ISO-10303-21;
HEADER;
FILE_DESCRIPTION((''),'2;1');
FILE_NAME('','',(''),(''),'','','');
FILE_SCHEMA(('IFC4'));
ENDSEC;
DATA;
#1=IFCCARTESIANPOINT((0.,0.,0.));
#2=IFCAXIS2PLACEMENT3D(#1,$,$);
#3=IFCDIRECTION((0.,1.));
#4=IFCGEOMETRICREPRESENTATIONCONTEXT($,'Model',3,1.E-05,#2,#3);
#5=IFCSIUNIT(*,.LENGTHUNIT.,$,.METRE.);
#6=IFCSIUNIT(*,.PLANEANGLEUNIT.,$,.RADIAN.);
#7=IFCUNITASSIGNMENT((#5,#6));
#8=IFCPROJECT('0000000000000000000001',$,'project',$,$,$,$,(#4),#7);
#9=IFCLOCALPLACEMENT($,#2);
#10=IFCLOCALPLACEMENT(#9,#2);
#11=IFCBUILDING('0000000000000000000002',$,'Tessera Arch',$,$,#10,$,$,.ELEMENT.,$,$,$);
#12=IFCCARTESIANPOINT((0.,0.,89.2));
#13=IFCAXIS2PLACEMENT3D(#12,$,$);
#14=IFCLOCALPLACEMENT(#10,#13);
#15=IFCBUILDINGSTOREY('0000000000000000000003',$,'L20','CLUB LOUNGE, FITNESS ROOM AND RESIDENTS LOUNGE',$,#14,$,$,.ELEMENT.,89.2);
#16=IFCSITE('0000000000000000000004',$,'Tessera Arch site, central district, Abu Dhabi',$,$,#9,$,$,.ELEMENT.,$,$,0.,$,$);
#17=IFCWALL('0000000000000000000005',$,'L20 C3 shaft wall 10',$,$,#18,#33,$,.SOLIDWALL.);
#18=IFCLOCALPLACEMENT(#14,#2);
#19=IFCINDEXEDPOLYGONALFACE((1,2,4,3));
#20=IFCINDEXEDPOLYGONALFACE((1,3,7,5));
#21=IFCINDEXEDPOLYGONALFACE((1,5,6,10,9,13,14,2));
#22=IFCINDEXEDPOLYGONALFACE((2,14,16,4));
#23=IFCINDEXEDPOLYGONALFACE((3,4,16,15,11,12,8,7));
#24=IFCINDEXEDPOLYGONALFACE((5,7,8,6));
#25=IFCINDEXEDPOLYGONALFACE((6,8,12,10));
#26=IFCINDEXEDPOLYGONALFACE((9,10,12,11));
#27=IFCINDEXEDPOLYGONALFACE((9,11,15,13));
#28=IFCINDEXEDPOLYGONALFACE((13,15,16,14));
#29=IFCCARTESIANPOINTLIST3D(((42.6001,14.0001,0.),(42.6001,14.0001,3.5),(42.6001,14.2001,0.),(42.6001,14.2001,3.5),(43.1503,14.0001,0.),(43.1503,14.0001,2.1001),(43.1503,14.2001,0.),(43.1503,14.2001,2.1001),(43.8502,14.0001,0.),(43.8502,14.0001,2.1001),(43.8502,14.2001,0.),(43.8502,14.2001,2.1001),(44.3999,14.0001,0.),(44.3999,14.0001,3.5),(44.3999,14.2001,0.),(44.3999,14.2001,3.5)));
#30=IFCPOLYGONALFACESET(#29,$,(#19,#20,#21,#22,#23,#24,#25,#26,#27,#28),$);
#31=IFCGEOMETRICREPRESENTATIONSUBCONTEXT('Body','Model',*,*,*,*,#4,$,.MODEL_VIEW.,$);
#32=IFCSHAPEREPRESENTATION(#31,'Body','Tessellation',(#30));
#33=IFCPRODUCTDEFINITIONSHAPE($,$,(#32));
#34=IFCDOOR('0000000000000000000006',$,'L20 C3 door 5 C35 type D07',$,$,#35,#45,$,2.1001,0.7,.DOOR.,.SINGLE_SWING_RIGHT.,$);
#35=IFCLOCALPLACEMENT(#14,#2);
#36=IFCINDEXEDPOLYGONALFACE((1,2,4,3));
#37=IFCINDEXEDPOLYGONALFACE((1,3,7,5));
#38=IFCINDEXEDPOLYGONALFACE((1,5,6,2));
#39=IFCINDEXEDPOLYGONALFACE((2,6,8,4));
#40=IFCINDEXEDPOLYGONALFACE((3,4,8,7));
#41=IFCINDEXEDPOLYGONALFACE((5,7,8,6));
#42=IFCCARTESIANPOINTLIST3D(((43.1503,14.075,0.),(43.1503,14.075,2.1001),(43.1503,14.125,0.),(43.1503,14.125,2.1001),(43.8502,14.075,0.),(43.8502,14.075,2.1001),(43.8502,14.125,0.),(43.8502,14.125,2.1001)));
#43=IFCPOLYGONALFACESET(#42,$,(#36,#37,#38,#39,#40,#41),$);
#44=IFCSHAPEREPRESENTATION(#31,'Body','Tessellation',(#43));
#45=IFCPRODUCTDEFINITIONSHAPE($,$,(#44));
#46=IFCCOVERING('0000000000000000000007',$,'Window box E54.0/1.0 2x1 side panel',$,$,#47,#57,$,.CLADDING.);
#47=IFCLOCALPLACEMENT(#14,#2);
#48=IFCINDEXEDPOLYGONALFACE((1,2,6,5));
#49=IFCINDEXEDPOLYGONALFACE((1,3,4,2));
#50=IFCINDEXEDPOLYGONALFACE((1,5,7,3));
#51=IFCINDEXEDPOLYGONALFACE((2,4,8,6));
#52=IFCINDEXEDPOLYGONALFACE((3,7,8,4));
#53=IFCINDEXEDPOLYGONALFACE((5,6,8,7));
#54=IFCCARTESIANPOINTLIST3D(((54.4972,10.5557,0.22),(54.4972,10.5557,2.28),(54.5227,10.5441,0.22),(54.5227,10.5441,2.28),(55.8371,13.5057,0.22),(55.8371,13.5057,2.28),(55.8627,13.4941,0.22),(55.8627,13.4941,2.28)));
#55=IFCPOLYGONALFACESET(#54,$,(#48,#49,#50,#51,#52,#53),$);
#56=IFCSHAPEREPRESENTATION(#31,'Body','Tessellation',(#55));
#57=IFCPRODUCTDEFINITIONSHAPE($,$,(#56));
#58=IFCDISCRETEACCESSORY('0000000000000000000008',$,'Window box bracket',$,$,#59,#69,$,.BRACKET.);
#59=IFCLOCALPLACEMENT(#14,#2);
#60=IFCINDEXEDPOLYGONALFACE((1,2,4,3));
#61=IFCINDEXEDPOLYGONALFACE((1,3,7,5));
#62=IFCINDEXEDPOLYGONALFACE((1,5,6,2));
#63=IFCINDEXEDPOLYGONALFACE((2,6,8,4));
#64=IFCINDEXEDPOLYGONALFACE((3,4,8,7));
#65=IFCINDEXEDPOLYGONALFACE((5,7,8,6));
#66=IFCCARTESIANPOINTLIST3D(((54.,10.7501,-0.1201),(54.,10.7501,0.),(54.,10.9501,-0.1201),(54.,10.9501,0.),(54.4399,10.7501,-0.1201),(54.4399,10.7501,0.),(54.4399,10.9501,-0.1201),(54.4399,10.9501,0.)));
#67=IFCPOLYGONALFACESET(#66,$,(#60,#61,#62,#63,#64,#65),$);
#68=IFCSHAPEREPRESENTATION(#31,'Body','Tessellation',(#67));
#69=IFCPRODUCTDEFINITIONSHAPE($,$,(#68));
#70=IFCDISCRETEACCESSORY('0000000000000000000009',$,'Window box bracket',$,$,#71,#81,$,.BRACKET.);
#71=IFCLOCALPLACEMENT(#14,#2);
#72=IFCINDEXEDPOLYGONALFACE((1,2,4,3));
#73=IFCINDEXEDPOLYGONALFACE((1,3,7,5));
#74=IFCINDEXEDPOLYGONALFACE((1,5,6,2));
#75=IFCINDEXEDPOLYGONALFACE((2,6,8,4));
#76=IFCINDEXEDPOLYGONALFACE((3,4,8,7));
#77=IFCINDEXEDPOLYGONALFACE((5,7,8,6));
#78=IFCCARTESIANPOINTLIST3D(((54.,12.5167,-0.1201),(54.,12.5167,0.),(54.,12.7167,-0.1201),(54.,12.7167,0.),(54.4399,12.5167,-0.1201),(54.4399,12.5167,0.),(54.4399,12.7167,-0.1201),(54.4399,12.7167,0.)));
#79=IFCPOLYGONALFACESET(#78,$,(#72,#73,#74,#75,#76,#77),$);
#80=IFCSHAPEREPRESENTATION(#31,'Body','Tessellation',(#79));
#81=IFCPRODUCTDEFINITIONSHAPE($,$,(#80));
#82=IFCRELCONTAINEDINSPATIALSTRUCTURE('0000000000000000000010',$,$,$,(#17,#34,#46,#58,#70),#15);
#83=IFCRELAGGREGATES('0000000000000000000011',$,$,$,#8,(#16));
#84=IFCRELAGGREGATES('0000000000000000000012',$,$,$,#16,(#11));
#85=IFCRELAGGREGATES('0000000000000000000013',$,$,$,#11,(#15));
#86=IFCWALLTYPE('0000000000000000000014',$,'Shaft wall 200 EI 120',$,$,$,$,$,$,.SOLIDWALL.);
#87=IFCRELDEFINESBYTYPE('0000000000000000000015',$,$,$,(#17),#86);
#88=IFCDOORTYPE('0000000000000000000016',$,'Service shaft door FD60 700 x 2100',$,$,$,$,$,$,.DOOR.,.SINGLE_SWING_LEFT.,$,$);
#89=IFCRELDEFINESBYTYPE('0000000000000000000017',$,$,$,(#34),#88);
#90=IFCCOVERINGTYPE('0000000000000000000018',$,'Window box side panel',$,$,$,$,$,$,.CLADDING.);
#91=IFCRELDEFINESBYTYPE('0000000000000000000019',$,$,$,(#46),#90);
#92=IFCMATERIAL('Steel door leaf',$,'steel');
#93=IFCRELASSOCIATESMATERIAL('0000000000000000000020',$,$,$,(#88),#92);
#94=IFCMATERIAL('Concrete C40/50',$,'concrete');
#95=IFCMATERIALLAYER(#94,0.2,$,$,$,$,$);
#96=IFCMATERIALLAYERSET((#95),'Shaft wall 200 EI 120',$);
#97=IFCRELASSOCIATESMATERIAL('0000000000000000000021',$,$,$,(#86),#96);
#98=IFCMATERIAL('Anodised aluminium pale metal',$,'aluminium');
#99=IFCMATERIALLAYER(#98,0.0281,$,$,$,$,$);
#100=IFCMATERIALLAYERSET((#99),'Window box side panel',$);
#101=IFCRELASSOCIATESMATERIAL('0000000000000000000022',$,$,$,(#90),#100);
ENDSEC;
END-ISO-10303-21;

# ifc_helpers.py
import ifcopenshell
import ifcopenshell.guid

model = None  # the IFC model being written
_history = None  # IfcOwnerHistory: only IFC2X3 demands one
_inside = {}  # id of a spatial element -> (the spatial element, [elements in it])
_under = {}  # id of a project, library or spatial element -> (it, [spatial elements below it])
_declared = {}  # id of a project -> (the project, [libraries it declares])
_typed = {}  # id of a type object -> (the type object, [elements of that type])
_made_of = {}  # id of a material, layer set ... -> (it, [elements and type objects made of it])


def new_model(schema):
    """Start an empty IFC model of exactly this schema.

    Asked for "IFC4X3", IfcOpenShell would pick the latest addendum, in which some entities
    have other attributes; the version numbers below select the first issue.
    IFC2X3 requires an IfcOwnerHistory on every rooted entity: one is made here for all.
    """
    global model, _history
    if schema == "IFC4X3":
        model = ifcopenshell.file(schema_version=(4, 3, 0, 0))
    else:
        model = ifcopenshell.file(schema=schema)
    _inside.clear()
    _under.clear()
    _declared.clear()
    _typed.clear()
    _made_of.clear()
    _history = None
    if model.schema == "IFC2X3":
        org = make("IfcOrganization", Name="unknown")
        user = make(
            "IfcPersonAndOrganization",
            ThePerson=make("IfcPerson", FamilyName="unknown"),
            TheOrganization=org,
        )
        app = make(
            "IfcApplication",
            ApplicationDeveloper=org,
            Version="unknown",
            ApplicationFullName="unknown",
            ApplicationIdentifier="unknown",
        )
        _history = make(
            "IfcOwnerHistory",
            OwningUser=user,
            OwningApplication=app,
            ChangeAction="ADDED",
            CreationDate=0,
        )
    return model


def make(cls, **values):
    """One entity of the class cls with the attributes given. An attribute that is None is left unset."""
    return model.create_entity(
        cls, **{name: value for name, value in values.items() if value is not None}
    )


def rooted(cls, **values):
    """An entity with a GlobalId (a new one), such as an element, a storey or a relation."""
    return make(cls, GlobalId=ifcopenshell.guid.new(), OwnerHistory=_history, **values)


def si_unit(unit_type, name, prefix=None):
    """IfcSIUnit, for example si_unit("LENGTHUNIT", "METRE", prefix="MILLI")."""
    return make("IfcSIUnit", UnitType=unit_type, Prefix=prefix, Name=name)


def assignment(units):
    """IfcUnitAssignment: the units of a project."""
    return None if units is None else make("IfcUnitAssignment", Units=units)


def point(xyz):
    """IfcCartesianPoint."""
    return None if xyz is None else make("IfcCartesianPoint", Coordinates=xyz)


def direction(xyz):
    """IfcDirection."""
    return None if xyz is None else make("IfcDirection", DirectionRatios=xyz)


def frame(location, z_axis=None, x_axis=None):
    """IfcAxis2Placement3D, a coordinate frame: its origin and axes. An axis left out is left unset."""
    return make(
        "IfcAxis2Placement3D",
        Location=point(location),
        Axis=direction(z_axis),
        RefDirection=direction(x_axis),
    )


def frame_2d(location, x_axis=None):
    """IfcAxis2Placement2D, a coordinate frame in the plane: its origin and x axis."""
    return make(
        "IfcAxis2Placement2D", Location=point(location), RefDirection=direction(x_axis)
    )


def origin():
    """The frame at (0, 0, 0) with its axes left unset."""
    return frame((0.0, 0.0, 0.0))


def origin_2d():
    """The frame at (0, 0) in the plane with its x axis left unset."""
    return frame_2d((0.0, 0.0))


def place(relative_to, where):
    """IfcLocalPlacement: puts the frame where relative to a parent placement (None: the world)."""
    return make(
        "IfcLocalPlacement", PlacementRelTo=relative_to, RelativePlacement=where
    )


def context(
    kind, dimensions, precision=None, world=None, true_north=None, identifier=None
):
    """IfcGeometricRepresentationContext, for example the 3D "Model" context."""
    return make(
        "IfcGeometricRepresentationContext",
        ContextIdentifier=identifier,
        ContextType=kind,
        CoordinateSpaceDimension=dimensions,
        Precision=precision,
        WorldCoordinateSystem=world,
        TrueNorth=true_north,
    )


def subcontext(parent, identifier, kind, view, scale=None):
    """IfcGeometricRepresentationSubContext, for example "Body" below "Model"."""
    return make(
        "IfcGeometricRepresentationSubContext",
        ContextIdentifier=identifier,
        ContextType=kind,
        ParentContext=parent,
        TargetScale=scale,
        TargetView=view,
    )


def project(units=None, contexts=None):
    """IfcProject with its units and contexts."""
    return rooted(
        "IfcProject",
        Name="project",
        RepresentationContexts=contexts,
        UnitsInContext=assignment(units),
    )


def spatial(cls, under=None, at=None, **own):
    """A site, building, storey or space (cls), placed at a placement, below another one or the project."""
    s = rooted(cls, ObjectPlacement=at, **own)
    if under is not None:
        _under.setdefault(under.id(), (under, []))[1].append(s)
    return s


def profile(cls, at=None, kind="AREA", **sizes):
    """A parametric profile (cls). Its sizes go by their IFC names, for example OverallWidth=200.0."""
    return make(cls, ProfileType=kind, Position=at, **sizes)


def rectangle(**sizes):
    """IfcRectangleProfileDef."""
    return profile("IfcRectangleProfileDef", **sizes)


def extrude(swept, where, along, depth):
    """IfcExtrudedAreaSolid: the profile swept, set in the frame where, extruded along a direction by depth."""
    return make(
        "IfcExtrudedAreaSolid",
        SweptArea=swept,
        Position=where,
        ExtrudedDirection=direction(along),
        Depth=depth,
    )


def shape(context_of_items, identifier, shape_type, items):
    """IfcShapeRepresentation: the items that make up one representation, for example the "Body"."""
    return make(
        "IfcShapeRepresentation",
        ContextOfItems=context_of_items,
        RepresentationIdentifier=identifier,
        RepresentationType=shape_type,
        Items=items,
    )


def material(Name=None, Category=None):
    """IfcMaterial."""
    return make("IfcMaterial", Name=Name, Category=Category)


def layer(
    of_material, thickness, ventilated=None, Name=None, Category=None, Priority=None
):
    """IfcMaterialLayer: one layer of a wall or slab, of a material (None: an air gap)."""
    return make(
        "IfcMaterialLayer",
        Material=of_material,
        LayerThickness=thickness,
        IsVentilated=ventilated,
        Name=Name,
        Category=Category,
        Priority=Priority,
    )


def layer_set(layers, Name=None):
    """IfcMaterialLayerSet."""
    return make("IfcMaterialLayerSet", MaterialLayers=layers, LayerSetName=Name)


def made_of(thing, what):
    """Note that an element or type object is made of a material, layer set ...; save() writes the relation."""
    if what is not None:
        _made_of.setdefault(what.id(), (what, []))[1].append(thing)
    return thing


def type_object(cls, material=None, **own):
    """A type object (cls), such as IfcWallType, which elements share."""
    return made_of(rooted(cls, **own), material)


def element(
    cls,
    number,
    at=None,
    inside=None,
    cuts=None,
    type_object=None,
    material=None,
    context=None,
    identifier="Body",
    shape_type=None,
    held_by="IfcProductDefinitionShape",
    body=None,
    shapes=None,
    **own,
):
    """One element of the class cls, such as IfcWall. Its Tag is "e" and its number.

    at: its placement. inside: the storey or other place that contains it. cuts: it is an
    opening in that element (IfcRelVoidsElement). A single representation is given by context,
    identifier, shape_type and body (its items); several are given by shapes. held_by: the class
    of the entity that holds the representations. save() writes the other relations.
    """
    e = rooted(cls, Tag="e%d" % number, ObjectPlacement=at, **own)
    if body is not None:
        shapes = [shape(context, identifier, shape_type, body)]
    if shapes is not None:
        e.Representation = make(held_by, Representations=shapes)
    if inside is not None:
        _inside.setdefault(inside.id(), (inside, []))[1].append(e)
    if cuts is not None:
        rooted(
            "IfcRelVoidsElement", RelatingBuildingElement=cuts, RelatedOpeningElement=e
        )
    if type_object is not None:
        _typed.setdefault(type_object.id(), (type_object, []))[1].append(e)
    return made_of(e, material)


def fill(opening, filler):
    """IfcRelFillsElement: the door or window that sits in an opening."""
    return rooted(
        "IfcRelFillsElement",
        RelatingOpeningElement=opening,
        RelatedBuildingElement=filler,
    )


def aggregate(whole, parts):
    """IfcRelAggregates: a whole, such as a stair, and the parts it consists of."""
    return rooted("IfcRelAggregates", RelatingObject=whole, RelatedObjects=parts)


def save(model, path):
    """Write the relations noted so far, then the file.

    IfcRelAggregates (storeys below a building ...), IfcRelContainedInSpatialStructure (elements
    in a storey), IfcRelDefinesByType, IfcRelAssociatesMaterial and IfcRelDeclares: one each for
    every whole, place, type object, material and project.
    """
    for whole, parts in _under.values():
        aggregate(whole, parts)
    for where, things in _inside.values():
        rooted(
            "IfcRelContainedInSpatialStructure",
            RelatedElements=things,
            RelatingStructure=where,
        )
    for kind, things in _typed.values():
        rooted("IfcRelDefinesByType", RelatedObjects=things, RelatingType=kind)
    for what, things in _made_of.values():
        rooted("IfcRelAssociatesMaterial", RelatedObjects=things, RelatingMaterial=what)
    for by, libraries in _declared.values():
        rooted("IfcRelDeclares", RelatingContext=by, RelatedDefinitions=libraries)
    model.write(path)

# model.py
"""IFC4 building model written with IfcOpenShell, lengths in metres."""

from ifc_helpers import new_model, si_unit, direction, frame, frame_2d, origin, origin_2d, place, context, subcontext, project, spatial, rectangle, extrude, material, layer, layer_set, type_object, element, fill, save


model = new_model("IFC4")

# Units and contexts
model_context = context("Model", 3, precision=1e-05, world=origin(), true_north=direction((0.0, 1.0)))
body_context = subcontext(model_context, "Body", "Model", "MODEL_VIEW")
ifc_project = project(units=[si_unit("LENGTHUNIT", "METRE"), si_unit("PLANEANGLEUNIT", "RADIAN")], contexts=[model_context])

# Site, building, storey
site_placement = place(None, origin())
site = spatial("IfcSite", under=ifc_project, at=site_placement, Name="Tessera Arch site, central district, Abu Dhabi", CompositionType="ELEMENT", RefElevation=0.0)
building_placement = place(site_placement, origin())
building = spatial("IfcBuilding", under=site, at=building_placement, Name="Tessera Arch", CompositionType="ELEMENT")
storey_placement = place(building_placement, frame((0.0, 0.0, 89.2)))
storey = spatial("IfcBuildingStorey", under=building, at=storey_placement, Name="L20", Description="CLUB LOUNGE, FITNESS ROOM AND RESIDENTS LOUNGE", CompositionType="ELEMENT", Elevation=89.2)

# Shared definitions
ifc_material_1 = material(Name="Steel door leaf", Category="steel")
door_type_1 = type_object("IfcDoorType", Name="Service shaft door FD60 700 x 2100", OperationType="SINGLE_SWING_LEFT", PredefinedType="DOOR", material=ifc_material_1)

# Shared definitions
ifc_material_2 = material(Name="Concrete C40/50", Category="concrete")
ifc_layer_1 = layer(ifc_material_2, 0.2)
ifc_layer_set_1 = layer_set([ifc_layer_1], Name="Shaft wall 200 EI 120")
wall_type_1 = type_object("IfcWallType", Name="Shaft wall 200 EI 120", PredefinedType="SOLIDWALL", material=ifc_layer_set_1)

# Wall, opening, door
wall_1_placement = place(storey_placement, frame((42.6001, 14.1001, 0.0), z_axis=(0.0, 0.0, 1.0), x_axis=(1.0, 0.0, 0.0)))
wall_1 = element("IfcWall", 1, at=wall_1_placement, inside=storey, type_object=wall_type_1, Name="L20 C3 shaft wall 10", PredefinedType="SOLIDWALL", context=body_context, shape_type="SweptSolid", body=[
    extrude(rectangle(XDim=1.7998, YDim=0.2, at=frame_2d((0.8999, 0.0))), origin(), (0.0, 0.0, 1.0), 3.5),
])
opening_1_placement = place(wall_1_placement, frame((0.55, 0.0, 0.0)))
opening_1 = element("IfcOpeningElement", 2, at=opening_1_placement, cuts=wall_1, PredefinedType="OPENING", context=body_context, shape_type="SweptSolid", body=[
    extrude(rectangle(XDim=0.7, YDim=2.1001, at=frame_2d((0.3501, 1.05))), frame((0.0, 0.1099, 0.0), z_axis=(0.0, -1.0, 0.0), x_axis=(1.0, 0.0, 0.0)), (0.0, 0.0, 1.0), 0.22),
])
door_1_placement = place(opening_1_placement, origin())
door_1 = element("IfcDoor", 3, at=door_1_placement, inside=storey, type_object=door_type_1, Name="L20 C3 door 5 C35 type D07", OperationType="SINGLE_SWING_RIGHT", OverallHeight=2.1001, OverallWidth=0.7, PredefinedType="DOOR", context=body_context, shape_type="SweptSolid", body=[
    extrude(rectangle(XDim=0.7, YDim=2.1001, at=frame_2d((0.3501, 1.05))), frame((0.0, 0.0249, 0.0), z_axis=(0.0, -1.0, 0.0), x_axis=(1.0, 0.0, 0.0)), (0.0, 0.0, 1.0), 0.05),
])
fill(opening_1, door_1)

# Covering
ifc_material_3 = material(Name="Anodised aluminium pale metal", Category="aluminium")
ifc_layer_2 = layer(ifc_material_3, 0.0281)
ifc_layer_set_2 = layer_set([ifc_layer_2], Name="Window box side panel")
covering_type = type_object("IfcCoveringType", Name="Window box side panel", PredefinedType="CLADDING", material=ifc_layer_set_2)
covering_placement = place(storey_placement, frame((55.1799, 12.0249, 0.22), z_axis=(0.0, 0.0, 1.0), x_axis=(0.41357, 0.910472, 0.0)))
element("IfcCovering", 4, at=covering_placement, inside=storey, type_object=covering_type, Name="Window box E54.0/1.0 2x1 side panel", PredefinedType="CLADDING", context=body_context, shape_type="SweptSolid", body=[
    extrude(rectangle(XDim=3.24, YDim=0.0281, at=origin_2d()), origin(), (0.0, 0.0, 1.0), 2.0601),
])

# Discrete accessories
for number, where, z_axis, x_axis, name in (
    (5, (54.22, 10.8501, -0.1201), (0.0, 0.0, 1.0), (1.0, 0.0, 0.0), "Window box bracket"),
    (6, (54.22, 12.6167, -0.1201), (0.0, 0.0, 1.0), (1.0, 0.0, 0.0), "Window box bracket"),
):
    element("IfcDiscreteAccessory", number, at=place(storey_placement, frame(where, z_axis=z_axis, x_axis=x_axis)), inside=storey, Name=name, PredefinedType="BRACKET", context=body_context, shape_type="SweptSolid", body=[
        extrude(rectangle(XDim=0.4399, YDim=0.2, at=origin_2d()), origin(), (0.0, 0.0, 1.0), 0.1201),
    ])

save(model, "model.ifc")
